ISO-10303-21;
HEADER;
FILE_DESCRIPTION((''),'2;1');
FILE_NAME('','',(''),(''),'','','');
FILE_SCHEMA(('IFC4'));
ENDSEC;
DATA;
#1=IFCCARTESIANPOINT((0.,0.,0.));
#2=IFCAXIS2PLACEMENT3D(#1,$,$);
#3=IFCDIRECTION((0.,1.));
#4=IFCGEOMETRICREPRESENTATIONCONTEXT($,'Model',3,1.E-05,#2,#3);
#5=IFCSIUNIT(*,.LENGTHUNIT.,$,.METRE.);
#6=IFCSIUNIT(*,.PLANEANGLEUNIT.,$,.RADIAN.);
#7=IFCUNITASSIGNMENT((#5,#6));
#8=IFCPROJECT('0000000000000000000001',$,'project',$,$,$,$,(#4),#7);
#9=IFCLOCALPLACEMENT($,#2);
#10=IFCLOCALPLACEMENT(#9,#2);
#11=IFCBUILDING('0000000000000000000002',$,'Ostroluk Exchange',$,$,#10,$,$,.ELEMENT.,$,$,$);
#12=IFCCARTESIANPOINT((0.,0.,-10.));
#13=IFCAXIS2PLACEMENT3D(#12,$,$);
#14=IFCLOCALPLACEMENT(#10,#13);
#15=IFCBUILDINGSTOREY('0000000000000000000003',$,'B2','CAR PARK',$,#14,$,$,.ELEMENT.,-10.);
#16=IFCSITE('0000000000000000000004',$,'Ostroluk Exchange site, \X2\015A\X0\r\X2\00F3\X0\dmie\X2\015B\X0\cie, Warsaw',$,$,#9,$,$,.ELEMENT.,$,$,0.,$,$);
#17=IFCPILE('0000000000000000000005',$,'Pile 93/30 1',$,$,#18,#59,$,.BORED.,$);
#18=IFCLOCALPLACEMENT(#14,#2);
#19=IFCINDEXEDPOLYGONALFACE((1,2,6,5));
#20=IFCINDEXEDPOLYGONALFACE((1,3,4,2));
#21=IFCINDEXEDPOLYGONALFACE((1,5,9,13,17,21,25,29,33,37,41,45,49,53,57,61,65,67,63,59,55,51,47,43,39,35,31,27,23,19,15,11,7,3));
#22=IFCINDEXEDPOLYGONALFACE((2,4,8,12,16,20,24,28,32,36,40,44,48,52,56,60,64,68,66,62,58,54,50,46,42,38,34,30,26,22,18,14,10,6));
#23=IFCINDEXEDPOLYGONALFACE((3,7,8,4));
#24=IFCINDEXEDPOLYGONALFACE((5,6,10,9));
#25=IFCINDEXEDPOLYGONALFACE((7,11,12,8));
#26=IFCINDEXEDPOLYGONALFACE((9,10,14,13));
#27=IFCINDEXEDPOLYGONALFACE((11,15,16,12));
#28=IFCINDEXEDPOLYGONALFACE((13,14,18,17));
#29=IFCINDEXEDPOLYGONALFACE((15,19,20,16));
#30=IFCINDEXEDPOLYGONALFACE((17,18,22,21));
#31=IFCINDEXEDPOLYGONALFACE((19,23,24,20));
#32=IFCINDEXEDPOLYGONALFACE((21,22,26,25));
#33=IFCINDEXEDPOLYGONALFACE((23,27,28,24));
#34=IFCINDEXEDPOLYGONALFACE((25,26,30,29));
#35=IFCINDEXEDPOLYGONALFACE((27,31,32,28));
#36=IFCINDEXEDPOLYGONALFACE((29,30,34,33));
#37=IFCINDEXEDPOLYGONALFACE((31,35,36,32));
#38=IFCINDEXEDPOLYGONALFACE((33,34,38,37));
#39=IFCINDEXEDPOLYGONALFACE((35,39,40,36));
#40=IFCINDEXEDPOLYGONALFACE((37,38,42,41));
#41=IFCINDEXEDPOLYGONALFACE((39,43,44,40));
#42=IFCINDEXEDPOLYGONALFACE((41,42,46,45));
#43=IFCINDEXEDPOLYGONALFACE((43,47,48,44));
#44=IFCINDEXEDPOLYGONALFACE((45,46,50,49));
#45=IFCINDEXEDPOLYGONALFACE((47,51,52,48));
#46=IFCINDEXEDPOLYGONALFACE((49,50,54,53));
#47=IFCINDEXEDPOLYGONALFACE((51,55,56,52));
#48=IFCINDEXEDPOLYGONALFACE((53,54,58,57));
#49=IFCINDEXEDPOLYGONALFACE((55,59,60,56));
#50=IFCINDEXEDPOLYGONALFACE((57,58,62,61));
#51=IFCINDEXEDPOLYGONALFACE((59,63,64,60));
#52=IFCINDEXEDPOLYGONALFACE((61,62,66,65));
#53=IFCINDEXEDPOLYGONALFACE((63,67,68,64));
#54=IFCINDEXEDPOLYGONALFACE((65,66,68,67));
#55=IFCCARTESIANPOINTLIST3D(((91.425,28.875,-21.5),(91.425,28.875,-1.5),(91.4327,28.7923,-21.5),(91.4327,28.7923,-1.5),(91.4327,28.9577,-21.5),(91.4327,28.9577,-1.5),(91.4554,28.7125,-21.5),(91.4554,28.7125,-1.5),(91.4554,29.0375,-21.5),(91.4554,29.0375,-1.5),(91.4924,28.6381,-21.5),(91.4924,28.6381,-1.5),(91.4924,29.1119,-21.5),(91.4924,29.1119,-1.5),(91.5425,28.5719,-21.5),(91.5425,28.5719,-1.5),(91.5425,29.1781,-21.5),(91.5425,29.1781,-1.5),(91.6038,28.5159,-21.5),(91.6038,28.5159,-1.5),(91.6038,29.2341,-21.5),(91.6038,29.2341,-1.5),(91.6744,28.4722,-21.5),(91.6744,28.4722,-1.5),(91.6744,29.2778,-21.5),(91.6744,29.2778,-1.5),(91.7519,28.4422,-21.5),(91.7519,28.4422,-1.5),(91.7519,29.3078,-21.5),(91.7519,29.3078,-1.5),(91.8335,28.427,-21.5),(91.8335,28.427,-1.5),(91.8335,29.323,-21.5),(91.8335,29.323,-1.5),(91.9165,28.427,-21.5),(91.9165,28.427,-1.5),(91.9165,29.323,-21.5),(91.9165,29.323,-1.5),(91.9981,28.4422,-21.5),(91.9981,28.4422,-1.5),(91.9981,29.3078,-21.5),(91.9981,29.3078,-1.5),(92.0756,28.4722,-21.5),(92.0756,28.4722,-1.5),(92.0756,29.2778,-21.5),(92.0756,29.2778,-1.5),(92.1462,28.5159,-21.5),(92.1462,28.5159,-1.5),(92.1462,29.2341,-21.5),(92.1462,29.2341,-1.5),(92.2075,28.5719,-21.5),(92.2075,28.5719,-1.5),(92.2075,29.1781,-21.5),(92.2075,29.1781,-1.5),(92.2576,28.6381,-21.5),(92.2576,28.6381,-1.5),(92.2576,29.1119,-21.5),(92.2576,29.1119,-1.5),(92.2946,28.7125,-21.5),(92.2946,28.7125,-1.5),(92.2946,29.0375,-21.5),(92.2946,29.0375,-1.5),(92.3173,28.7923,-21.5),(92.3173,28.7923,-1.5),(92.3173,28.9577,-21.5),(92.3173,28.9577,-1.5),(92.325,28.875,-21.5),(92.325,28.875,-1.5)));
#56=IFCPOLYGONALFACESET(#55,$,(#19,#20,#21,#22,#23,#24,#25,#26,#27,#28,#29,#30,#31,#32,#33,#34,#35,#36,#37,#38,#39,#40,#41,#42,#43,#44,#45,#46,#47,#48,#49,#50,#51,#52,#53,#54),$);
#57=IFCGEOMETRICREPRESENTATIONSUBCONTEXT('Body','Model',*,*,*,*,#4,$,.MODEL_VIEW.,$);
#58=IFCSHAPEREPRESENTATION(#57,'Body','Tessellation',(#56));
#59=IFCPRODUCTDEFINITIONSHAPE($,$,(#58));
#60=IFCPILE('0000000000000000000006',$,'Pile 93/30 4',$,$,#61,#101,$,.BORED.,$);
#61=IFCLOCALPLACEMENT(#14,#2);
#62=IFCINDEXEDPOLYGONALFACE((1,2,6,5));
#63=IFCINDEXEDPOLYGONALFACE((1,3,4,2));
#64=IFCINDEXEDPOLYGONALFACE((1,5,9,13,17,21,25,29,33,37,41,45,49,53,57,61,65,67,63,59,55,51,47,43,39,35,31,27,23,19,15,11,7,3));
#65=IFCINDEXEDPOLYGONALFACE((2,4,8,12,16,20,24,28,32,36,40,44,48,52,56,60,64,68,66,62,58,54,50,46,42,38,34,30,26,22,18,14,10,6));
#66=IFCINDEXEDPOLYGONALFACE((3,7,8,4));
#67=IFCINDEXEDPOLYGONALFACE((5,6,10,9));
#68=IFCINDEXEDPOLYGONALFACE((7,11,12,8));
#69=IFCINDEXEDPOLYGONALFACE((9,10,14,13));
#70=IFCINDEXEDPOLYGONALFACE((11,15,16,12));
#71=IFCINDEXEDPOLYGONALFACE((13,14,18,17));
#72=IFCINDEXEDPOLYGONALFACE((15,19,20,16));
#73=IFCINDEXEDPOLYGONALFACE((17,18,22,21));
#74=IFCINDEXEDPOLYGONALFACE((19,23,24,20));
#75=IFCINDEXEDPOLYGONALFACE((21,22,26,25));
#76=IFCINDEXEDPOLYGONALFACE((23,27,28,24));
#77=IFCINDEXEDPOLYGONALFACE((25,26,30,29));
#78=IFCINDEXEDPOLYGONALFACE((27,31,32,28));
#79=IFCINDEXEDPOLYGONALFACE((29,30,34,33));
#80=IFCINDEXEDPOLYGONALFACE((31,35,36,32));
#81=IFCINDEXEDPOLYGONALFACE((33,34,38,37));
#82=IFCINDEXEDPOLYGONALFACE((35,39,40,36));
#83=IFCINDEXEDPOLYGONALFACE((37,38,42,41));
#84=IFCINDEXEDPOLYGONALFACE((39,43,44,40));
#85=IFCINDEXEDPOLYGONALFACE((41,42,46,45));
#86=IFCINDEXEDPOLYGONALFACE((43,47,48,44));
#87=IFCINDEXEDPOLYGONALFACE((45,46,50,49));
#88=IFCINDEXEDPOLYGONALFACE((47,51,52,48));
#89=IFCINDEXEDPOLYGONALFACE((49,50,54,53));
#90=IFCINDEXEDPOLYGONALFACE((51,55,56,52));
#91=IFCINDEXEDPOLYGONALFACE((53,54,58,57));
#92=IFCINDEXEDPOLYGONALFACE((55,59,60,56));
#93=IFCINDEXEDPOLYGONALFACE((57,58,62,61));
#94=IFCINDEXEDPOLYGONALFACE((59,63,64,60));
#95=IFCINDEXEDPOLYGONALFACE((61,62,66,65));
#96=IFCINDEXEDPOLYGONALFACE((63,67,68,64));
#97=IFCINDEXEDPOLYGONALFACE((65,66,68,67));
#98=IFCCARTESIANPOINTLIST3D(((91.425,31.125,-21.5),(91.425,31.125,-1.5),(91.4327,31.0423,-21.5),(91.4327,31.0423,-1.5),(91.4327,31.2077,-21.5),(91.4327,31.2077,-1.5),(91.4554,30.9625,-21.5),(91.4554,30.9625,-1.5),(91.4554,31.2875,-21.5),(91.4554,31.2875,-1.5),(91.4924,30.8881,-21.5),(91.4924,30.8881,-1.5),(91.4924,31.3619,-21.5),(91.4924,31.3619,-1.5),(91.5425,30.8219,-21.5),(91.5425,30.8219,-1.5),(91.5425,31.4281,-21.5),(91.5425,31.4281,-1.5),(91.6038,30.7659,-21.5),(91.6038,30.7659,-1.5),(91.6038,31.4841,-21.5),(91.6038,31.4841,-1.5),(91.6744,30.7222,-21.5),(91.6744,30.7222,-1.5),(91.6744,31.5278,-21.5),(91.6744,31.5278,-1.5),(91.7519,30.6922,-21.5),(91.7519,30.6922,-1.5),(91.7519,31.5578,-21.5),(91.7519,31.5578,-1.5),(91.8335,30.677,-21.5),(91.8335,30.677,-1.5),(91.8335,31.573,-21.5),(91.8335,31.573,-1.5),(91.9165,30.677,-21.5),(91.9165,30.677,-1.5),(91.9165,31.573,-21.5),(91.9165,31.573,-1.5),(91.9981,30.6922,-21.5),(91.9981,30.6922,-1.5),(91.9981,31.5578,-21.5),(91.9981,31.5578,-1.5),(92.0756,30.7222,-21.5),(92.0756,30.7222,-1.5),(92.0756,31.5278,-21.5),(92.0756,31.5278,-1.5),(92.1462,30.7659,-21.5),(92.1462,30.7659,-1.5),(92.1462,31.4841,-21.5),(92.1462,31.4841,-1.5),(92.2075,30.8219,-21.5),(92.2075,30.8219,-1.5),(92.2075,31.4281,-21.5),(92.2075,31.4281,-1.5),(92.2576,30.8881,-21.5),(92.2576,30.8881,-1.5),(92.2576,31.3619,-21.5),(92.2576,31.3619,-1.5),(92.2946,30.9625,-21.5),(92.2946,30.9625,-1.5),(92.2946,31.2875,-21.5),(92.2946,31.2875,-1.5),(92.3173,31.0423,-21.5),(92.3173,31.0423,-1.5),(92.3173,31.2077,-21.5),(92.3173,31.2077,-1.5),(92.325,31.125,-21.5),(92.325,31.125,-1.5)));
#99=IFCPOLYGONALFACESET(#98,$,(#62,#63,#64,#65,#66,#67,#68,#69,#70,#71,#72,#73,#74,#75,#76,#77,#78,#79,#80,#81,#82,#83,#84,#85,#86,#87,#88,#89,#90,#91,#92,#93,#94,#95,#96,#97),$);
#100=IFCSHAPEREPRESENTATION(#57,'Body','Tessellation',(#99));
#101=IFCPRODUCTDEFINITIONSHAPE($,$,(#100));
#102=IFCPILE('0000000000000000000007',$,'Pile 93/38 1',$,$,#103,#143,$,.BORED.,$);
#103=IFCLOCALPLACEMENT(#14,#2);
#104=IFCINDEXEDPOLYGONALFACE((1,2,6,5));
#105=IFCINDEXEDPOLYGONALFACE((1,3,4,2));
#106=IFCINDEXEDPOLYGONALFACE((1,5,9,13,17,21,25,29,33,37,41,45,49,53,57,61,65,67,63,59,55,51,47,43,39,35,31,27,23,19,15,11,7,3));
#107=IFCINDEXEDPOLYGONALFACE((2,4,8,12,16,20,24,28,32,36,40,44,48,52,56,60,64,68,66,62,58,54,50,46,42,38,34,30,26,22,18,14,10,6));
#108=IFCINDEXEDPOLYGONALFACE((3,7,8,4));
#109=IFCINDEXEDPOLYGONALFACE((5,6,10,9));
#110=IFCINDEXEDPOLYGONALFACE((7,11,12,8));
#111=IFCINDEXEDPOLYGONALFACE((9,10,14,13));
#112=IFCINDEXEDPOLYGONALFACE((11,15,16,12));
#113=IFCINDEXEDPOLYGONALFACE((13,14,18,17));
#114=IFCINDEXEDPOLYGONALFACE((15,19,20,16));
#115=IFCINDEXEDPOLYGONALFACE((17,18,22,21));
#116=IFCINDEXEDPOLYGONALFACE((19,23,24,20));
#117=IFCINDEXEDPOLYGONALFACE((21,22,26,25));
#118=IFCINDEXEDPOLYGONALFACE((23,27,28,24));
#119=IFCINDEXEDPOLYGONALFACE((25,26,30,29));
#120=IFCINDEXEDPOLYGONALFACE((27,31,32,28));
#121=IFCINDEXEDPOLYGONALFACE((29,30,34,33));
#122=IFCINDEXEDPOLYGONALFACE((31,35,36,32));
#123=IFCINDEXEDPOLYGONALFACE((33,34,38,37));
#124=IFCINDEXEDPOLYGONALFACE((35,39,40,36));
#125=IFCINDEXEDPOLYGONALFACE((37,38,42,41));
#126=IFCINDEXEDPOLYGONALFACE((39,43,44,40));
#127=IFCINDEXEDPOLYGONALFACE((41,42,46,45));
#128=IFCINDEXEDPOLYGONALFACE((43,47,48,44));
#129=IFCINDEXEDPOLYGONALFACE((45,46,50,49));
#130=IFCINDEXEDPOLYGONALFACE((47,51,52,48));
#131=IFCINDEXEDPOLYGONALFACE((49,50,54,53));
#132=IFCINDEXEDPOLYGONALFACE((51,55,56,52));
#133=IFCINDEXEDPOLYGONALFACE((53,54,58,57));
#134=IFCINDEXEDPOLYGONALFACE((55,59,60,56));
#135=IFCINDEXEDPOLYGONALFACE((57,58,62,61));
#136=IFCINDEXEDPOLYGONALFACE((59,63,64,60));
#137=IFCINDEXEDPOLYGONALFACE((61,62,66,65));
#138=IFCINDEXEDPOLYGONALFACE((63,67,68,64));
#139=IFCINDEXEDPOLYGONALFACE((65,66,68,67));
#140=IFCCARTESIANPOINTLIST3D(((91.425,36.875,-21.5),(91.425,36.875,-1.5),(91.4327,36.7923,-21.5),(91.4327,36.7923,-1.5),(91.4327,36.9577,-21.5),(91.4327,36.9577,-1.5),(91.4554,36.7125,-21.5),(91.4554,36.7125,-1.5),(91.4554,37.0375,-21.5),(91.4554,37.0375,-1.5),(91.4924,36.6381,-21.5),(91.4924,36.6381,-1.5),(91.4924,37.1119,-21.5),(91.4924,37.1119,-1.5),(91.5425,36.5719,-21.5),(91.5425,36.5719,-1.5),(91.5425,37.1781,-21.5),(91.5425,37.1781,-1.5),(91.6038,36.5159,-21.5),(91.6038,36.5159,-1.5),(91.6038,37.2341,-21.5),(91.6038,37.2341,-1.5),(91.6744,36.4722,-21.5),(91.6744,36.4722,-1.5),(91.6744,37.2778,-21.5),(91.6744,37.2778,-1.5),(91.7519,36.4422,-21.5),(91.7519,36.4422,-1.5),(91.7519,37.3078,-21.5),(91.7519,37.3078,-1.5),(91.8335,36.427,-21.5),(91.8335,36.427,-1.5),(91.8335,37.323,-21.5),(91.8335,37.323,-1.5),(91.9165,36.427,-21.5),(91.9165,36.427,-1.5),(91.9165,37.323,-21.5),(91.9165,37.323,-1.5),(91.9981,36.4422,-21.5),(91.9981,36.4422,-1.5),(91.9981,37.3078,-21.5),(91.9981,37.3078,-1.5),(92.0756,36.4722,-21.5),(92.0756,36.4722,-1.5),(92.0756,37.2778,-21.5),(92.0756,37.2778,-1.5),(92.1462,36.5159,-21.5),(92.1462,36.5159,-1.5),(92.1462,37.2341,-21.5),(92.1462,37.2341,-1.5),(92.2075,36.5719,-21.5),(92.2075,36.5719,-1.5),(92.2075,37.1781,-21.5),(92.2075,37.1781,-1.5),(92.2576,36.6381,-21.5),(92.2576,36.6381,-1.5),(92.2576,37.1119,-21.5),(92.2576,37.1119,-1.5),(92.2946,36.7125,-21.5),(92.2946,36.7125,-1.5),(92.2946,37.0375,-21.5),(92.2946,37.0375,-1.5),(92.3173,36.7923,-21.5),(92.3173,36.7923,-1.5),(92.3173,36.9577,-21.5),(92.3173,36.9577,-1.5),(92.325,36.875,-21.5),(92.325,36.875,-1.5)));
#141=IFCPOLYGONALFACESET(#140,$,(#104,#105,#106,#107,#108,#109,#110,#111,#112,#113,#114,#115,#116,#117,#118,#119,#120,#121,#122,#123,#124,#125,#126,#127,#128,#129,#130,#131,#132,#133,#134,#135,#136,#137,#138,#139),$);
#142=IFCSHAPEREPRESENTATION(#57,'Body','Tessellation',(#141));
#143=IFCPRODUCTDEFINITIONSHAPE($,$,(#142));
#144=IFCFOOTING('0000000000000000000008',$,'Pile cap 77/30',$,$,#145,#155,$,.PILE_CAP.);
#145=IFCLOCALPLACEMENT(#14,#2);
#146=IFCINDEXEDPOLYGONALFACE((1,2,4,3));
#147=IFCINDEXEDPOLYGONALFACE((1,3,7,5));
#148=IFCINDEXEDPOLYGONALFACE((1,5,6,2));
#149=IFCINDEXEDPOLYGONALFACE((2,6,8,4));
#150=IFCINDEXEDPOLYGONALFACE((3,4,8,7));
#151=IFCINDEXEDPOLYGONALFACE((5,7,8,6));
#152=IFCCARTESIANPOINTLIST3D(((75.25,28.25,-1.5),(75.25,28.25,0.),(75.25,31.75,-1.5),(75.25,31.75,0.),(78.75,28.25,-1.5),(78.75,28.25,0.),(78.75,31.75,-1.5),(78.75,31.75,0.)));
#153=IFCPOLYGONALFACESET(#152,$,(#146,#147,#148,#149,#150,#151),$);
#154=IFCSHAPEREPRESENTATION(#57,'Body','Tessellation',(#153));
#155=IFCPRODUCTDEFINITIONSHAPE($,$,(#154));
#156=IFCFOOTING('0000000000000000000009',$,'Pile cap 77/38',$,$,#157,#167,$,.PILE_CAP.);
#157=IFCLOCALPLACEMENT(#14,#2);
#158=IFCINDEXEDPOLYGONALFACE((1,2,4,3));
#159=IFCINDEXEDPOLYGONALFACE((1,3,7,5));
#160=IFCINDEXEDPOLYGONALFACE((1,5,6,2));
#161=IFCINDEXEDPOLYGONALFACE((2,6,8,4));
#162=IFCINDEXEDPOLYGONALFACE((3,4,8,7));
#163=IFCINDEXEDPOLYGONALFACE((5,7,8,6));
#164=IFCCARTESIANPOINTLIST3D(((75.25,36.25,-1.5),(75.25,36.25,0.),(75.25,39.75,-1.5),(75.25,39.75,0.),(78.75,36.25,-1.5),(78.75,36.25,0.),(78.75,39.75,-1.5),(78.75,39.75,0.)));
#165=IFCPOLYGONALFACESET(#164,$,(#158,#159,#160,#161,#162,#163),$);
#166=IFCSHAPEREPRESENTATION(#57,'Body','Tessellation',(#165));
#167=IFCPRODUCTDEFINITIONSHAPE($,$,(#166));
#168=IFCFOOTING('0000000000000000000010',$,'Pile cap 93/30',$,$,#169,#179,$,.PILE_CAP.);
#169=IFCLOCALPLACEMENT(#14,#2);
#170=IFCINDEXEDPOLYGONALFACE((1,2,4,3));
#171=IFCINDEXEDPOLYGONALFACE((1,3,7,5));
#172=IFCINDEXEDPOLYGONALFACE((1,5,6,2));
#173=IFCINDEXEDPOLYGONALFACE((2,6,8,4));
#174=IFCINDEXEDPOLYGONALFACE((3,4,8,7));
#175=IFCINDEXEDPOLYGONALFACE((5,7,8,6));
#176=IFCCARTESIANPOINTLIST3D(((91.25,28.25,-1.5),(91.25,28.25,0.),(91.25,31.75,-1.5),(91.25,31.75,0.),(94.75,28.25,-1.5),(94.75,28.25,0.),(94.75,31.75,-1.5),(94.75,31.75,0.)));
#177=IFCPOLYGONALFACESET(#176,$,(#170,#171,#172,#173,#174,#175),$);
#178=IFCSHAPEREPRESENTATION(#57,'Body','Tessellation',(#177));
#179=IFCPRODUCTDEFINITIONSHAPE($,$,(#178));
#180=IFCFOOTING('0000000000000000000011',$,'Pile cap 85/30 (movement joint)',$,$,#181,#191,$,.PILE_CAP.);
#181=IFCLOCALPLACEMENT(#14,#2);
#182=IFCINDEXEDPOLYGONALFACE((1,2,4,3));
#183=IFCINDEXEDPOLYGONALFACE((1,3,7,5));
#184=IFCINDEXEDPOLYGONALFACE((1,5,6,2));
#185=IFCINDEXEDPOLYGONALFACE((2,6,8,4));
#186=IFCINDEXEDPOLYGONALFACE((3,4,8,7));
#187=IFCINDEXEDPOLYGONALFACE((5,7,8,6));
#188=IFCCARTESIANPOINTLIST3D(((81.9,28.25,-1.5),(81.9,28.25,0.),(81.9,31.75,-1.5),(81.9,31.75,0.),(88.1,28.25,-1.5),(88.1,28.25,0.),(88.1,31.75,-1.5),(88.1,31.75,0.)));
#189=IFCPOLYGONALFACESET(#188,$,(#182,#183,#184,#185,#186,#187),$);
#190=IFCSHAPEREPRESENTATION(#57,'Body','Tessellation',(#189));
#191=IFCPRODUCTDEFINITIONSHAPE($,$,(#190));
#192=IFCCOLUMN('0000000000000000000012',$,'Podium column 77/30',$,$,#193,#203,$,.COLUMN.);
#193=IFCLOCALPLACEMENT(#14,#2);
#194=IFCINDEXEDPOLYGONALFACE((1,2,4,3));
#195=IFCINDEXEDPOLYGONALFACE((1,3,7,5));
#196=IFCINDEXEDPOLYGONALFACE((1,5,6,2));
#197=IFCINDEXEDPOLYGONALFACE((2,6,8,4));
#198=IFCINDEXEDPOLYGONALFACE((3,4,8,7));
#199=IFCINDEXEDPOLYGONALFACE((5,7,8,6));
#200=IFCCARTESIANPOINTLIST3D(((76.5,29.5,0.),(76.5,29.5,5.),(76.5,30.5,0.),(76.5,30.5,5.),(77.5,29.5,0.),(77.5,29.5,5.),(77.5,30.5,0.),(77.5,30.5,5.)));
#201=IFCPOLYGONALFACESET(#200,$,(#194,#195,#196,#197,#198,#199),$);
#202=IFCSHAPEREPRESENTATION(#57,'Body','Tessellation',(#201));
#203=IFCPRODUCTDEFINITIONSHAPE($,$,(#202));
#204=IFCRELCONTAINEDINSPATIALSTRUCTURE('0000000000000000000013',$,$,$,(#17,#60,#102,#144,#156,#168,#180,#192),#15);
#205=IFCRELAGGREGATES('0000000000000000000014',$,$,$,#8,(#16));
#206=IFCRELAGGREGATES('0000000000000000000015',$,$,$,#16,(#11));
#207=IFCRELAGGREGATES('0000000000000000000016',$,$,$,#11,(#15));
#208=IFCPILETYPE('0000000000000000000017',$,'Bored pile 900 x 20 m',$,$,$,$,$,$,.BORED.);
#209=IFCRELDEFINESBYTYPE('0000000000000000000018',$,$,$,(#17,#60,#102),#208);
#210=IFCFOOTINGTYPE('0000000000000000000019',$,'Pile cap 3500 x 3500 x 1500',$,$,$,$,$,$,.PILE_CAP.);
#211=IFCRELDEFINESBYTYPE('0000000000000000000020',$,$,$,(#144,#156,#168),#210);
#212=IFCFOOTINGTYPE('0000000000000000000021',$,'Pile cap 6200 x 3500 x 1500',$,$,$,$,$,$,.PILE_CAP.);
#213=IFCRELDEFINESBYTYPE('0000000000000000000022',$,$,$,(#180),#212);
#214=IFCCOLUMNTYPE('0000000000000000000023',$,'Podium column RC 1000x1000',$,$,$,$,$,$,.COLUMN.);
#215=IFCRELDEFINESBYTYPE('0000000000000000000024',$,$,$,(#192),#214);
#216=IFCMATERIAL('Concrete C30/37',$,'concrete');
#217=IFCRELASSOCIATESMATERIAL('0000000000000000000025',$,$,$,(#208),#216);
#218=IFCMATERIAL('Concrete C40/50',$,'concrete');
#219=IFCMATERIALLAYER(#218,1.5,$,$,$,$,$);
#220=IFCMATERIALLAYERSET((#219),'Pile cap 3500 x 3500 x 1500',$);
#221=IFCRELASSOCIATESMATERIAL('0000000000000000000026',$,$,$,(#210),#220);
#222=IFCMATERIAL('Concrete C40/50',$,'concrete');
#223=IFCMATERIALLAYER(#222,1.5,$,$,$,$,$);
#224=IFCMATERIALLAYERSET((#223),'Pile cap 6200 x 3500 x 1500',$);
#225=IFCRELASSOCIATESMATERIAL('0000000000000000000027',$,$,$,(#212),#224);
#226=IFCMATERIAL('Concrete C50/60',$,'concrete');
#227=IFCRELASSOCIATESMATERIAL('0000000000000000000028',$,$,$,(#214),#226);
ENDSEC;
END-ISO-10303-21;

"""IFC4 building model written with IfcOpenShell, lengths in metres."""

from ifc_helpers import new_model, si_unit, direction, frame, origin, origin_2d, place, context, subcontext, project, spatial, rectangle, circle, extrude, material, layer, layer_set, material_profile, profile_set, type_object, element, save


model = new_model("IFC4")

# Units and contexts
model_context = context("Model", 3, precision=1e-05, world=origin(), true_north=direction((0.0, 1.0)))
body_context = subcontext(model_context, "Body", "Model", "MODEL_VIEW")
ifc_project = project(units=[si_unit("LENGTHUNIT", "METRE"), si_unit("PLANEANGLEUNIT", "RADIAN")], contexts=[model_context])

# Site, building, storey
site_placement = place(None, origin())
site = spatial("IfcSite", under=ifc_project, at=site_placement, Name="Ostroluk Exchange site, Śródmieście, Warsaw", CompositionType="ELEMENT", RefElevation=0.0)
building_placement = place(site_placement, origin())
building = spatial("IfcBuilding", under=site, at=building_placement, Name="Ostroluk Exchange", CompositionType="ELEMENT")
storey_placement = place(building_placement, frame((0.0, 0.0, -10.0)))
storey = spatial("IfcBuildingStorey", under=building, at=storey_placement, Name="B2", Description="CAR PARK", CompositionType="ELEMENT", Elevation=-10.0)

# Piles
ifc_material_1 = material(Name="Concrete C30/37", Category="concrete")
pile_type = type_object("IfcPileType", Name="Bored pile 900 x 20 m", PredefinedType="BORED", material=ifc_material_1)
for number, where, z_axis, x_axis, name in (
    (1, (91.875, 28.875, -1.5), (0.0, 0.0, -1.0), (1.0, 0.0, 0.0), "Pile 93/30 1"),
    (2, (91.875, 31.125, -1.5), (0.0, 0.0, -1.0), (1.0, 0.0, 0.0), "Pile 93/30 4"),
    (3, (91.875, 36.875, -1.5), (0.0, 0.0, -1.0), (1.0, 0.0, 0.0), "Pile 93/38 1"),
):
    element("IfcPile", number, at=place(storey_placement, frame(where, z_axis=z_axis, x_axis=x_axis)), inside=storey, type_object=pile_type, Name=name, PredefinedType="BORED", context=body_context, shape_type="SweptSolid", body=[
        extrude(circle(Radius=0.45, at=origin_2d()), origin(), (0.0, 0.0, 1.0), 20.0),
    ])

# Footings
ifc_material_2 = material(Name="Concrete C40/50", Category="concrete")
ifc_layer_1 = layer(ifc_material_2, 1.5)
ifc_layer_set_1 = layer_set([ifc_layer_1], Name="Pile cap 3500 x 3500 x 1500")
footing_type_1 = type_object("IfcFootingType", Name="Pile cap 3500 x 3500 x 1500", PredefinedType="PILE_CAP", material=ifc_layer_set_1)
for number, where, z_axis, x_axis, name in (
    (4, (77.0, 30.0, -1.5), (0.0, 0.0, 1.0), (1.0, 0.0, 0.0), "Pile cap 77/30"),
    (5, (77.0, 38.0, -1.5), (0.0, 0.0, 1.0), (1.0, 0.0, 0.0), "Pile cap 77/38"),
    (6, (93.0, 30.0, -1.5), (0.0, 0.0, 1.0), (1.0, 0.0, 0.0), "Pile cap 93/30"),
):
    element("IfcFooting", number, at=place(storey_placement, frame(where, z_axis=z_axis, x_axis=x_axis)), inside=storey, type_object=footing_type_1, Name=name, PredefinedType="PILE_CAP", context=body_context, shape_type="SweptSolid", body=[
        extrude(rectangle(XDim=3.5, YDim=3.5, at=origin_2d()), origin(), (0.0, 0.0, 1.0), 1.5),
    ])
ifc_material_3 = material(Name="Concrete C40/50", Category="concrete")
ifc_layer_2 = layer(ifc_material_3, 1.5)
ifc_layer_set_2 = layer_set([ifc_layer_2], Name="Pile cap 6200 x 3500 x 1500")
footing_type_2 = type_object("IfcFootingType", Name="Pile cap 6200 x 3500 x 1500", PredefinedType="PILE_CAP", material=ifc_layer_set_2)
footing_placement = place(storey_placement, frame((85.0, 30.0, -1.5), z_axis=(0.0, 0.0, 1.0), x_axis=(1.0, 0.0, 0.0)))
element("IfcFooting", 7, at=footing_placement, inside=storey, type_object=footing_type_2, Name="Pile cap 85/30 (movement joint)", PredefinedType="PILE_CAP", context=body_context, shape_type="SweptSolid", body=[
    extrude(rectangle(XDim=6.2, YDim=3.5, at=origin_2d()), origin(), (0.0, 0.0, 1.0), 1.5),
])

# Column
ifc_material_4 = material(Name="Concrete C50/60", Category="concrete")
ifc_material_profile_1 = material_profile(ifc_material_4, rectangle(XDim=1.0, YDim=1.0, at=origin_2d()), Name="RC 1000x1000")
ifc_profile_set_1 = profile_set([ifc_material_profile_1], Name="Concrete C50/60")
column_type_1 = type_object("IfcColumnType", Name="Podium column RC 1000x1000", PredefinedType="COLUMN", material=ifc_profile_set_1)
for number, where, z_axis, x_axis, name in (
    (8, (77.0, 30.0, 0.0), (0.0, 0.0, 1.0), (1.0, 0.0, 0.0), "Podium column 77/30"),
):
    element("IfcColumn", number, at=place(storey_placement, frame(where, z_axis=z_axis, x_axis=x_axis)), inside=storey, type_object=column_type_1, Name=name, PredefinedType="COLUMN", context=body_context, shape_type="SweptSolid", body=[
        extrude(rectangle(XDim=1.0, YDim=1.0, at=origin_2d()), origin(), (0.0, 0.0, 1.0), 5.0),
    ])

save(model, "model.ifc")
